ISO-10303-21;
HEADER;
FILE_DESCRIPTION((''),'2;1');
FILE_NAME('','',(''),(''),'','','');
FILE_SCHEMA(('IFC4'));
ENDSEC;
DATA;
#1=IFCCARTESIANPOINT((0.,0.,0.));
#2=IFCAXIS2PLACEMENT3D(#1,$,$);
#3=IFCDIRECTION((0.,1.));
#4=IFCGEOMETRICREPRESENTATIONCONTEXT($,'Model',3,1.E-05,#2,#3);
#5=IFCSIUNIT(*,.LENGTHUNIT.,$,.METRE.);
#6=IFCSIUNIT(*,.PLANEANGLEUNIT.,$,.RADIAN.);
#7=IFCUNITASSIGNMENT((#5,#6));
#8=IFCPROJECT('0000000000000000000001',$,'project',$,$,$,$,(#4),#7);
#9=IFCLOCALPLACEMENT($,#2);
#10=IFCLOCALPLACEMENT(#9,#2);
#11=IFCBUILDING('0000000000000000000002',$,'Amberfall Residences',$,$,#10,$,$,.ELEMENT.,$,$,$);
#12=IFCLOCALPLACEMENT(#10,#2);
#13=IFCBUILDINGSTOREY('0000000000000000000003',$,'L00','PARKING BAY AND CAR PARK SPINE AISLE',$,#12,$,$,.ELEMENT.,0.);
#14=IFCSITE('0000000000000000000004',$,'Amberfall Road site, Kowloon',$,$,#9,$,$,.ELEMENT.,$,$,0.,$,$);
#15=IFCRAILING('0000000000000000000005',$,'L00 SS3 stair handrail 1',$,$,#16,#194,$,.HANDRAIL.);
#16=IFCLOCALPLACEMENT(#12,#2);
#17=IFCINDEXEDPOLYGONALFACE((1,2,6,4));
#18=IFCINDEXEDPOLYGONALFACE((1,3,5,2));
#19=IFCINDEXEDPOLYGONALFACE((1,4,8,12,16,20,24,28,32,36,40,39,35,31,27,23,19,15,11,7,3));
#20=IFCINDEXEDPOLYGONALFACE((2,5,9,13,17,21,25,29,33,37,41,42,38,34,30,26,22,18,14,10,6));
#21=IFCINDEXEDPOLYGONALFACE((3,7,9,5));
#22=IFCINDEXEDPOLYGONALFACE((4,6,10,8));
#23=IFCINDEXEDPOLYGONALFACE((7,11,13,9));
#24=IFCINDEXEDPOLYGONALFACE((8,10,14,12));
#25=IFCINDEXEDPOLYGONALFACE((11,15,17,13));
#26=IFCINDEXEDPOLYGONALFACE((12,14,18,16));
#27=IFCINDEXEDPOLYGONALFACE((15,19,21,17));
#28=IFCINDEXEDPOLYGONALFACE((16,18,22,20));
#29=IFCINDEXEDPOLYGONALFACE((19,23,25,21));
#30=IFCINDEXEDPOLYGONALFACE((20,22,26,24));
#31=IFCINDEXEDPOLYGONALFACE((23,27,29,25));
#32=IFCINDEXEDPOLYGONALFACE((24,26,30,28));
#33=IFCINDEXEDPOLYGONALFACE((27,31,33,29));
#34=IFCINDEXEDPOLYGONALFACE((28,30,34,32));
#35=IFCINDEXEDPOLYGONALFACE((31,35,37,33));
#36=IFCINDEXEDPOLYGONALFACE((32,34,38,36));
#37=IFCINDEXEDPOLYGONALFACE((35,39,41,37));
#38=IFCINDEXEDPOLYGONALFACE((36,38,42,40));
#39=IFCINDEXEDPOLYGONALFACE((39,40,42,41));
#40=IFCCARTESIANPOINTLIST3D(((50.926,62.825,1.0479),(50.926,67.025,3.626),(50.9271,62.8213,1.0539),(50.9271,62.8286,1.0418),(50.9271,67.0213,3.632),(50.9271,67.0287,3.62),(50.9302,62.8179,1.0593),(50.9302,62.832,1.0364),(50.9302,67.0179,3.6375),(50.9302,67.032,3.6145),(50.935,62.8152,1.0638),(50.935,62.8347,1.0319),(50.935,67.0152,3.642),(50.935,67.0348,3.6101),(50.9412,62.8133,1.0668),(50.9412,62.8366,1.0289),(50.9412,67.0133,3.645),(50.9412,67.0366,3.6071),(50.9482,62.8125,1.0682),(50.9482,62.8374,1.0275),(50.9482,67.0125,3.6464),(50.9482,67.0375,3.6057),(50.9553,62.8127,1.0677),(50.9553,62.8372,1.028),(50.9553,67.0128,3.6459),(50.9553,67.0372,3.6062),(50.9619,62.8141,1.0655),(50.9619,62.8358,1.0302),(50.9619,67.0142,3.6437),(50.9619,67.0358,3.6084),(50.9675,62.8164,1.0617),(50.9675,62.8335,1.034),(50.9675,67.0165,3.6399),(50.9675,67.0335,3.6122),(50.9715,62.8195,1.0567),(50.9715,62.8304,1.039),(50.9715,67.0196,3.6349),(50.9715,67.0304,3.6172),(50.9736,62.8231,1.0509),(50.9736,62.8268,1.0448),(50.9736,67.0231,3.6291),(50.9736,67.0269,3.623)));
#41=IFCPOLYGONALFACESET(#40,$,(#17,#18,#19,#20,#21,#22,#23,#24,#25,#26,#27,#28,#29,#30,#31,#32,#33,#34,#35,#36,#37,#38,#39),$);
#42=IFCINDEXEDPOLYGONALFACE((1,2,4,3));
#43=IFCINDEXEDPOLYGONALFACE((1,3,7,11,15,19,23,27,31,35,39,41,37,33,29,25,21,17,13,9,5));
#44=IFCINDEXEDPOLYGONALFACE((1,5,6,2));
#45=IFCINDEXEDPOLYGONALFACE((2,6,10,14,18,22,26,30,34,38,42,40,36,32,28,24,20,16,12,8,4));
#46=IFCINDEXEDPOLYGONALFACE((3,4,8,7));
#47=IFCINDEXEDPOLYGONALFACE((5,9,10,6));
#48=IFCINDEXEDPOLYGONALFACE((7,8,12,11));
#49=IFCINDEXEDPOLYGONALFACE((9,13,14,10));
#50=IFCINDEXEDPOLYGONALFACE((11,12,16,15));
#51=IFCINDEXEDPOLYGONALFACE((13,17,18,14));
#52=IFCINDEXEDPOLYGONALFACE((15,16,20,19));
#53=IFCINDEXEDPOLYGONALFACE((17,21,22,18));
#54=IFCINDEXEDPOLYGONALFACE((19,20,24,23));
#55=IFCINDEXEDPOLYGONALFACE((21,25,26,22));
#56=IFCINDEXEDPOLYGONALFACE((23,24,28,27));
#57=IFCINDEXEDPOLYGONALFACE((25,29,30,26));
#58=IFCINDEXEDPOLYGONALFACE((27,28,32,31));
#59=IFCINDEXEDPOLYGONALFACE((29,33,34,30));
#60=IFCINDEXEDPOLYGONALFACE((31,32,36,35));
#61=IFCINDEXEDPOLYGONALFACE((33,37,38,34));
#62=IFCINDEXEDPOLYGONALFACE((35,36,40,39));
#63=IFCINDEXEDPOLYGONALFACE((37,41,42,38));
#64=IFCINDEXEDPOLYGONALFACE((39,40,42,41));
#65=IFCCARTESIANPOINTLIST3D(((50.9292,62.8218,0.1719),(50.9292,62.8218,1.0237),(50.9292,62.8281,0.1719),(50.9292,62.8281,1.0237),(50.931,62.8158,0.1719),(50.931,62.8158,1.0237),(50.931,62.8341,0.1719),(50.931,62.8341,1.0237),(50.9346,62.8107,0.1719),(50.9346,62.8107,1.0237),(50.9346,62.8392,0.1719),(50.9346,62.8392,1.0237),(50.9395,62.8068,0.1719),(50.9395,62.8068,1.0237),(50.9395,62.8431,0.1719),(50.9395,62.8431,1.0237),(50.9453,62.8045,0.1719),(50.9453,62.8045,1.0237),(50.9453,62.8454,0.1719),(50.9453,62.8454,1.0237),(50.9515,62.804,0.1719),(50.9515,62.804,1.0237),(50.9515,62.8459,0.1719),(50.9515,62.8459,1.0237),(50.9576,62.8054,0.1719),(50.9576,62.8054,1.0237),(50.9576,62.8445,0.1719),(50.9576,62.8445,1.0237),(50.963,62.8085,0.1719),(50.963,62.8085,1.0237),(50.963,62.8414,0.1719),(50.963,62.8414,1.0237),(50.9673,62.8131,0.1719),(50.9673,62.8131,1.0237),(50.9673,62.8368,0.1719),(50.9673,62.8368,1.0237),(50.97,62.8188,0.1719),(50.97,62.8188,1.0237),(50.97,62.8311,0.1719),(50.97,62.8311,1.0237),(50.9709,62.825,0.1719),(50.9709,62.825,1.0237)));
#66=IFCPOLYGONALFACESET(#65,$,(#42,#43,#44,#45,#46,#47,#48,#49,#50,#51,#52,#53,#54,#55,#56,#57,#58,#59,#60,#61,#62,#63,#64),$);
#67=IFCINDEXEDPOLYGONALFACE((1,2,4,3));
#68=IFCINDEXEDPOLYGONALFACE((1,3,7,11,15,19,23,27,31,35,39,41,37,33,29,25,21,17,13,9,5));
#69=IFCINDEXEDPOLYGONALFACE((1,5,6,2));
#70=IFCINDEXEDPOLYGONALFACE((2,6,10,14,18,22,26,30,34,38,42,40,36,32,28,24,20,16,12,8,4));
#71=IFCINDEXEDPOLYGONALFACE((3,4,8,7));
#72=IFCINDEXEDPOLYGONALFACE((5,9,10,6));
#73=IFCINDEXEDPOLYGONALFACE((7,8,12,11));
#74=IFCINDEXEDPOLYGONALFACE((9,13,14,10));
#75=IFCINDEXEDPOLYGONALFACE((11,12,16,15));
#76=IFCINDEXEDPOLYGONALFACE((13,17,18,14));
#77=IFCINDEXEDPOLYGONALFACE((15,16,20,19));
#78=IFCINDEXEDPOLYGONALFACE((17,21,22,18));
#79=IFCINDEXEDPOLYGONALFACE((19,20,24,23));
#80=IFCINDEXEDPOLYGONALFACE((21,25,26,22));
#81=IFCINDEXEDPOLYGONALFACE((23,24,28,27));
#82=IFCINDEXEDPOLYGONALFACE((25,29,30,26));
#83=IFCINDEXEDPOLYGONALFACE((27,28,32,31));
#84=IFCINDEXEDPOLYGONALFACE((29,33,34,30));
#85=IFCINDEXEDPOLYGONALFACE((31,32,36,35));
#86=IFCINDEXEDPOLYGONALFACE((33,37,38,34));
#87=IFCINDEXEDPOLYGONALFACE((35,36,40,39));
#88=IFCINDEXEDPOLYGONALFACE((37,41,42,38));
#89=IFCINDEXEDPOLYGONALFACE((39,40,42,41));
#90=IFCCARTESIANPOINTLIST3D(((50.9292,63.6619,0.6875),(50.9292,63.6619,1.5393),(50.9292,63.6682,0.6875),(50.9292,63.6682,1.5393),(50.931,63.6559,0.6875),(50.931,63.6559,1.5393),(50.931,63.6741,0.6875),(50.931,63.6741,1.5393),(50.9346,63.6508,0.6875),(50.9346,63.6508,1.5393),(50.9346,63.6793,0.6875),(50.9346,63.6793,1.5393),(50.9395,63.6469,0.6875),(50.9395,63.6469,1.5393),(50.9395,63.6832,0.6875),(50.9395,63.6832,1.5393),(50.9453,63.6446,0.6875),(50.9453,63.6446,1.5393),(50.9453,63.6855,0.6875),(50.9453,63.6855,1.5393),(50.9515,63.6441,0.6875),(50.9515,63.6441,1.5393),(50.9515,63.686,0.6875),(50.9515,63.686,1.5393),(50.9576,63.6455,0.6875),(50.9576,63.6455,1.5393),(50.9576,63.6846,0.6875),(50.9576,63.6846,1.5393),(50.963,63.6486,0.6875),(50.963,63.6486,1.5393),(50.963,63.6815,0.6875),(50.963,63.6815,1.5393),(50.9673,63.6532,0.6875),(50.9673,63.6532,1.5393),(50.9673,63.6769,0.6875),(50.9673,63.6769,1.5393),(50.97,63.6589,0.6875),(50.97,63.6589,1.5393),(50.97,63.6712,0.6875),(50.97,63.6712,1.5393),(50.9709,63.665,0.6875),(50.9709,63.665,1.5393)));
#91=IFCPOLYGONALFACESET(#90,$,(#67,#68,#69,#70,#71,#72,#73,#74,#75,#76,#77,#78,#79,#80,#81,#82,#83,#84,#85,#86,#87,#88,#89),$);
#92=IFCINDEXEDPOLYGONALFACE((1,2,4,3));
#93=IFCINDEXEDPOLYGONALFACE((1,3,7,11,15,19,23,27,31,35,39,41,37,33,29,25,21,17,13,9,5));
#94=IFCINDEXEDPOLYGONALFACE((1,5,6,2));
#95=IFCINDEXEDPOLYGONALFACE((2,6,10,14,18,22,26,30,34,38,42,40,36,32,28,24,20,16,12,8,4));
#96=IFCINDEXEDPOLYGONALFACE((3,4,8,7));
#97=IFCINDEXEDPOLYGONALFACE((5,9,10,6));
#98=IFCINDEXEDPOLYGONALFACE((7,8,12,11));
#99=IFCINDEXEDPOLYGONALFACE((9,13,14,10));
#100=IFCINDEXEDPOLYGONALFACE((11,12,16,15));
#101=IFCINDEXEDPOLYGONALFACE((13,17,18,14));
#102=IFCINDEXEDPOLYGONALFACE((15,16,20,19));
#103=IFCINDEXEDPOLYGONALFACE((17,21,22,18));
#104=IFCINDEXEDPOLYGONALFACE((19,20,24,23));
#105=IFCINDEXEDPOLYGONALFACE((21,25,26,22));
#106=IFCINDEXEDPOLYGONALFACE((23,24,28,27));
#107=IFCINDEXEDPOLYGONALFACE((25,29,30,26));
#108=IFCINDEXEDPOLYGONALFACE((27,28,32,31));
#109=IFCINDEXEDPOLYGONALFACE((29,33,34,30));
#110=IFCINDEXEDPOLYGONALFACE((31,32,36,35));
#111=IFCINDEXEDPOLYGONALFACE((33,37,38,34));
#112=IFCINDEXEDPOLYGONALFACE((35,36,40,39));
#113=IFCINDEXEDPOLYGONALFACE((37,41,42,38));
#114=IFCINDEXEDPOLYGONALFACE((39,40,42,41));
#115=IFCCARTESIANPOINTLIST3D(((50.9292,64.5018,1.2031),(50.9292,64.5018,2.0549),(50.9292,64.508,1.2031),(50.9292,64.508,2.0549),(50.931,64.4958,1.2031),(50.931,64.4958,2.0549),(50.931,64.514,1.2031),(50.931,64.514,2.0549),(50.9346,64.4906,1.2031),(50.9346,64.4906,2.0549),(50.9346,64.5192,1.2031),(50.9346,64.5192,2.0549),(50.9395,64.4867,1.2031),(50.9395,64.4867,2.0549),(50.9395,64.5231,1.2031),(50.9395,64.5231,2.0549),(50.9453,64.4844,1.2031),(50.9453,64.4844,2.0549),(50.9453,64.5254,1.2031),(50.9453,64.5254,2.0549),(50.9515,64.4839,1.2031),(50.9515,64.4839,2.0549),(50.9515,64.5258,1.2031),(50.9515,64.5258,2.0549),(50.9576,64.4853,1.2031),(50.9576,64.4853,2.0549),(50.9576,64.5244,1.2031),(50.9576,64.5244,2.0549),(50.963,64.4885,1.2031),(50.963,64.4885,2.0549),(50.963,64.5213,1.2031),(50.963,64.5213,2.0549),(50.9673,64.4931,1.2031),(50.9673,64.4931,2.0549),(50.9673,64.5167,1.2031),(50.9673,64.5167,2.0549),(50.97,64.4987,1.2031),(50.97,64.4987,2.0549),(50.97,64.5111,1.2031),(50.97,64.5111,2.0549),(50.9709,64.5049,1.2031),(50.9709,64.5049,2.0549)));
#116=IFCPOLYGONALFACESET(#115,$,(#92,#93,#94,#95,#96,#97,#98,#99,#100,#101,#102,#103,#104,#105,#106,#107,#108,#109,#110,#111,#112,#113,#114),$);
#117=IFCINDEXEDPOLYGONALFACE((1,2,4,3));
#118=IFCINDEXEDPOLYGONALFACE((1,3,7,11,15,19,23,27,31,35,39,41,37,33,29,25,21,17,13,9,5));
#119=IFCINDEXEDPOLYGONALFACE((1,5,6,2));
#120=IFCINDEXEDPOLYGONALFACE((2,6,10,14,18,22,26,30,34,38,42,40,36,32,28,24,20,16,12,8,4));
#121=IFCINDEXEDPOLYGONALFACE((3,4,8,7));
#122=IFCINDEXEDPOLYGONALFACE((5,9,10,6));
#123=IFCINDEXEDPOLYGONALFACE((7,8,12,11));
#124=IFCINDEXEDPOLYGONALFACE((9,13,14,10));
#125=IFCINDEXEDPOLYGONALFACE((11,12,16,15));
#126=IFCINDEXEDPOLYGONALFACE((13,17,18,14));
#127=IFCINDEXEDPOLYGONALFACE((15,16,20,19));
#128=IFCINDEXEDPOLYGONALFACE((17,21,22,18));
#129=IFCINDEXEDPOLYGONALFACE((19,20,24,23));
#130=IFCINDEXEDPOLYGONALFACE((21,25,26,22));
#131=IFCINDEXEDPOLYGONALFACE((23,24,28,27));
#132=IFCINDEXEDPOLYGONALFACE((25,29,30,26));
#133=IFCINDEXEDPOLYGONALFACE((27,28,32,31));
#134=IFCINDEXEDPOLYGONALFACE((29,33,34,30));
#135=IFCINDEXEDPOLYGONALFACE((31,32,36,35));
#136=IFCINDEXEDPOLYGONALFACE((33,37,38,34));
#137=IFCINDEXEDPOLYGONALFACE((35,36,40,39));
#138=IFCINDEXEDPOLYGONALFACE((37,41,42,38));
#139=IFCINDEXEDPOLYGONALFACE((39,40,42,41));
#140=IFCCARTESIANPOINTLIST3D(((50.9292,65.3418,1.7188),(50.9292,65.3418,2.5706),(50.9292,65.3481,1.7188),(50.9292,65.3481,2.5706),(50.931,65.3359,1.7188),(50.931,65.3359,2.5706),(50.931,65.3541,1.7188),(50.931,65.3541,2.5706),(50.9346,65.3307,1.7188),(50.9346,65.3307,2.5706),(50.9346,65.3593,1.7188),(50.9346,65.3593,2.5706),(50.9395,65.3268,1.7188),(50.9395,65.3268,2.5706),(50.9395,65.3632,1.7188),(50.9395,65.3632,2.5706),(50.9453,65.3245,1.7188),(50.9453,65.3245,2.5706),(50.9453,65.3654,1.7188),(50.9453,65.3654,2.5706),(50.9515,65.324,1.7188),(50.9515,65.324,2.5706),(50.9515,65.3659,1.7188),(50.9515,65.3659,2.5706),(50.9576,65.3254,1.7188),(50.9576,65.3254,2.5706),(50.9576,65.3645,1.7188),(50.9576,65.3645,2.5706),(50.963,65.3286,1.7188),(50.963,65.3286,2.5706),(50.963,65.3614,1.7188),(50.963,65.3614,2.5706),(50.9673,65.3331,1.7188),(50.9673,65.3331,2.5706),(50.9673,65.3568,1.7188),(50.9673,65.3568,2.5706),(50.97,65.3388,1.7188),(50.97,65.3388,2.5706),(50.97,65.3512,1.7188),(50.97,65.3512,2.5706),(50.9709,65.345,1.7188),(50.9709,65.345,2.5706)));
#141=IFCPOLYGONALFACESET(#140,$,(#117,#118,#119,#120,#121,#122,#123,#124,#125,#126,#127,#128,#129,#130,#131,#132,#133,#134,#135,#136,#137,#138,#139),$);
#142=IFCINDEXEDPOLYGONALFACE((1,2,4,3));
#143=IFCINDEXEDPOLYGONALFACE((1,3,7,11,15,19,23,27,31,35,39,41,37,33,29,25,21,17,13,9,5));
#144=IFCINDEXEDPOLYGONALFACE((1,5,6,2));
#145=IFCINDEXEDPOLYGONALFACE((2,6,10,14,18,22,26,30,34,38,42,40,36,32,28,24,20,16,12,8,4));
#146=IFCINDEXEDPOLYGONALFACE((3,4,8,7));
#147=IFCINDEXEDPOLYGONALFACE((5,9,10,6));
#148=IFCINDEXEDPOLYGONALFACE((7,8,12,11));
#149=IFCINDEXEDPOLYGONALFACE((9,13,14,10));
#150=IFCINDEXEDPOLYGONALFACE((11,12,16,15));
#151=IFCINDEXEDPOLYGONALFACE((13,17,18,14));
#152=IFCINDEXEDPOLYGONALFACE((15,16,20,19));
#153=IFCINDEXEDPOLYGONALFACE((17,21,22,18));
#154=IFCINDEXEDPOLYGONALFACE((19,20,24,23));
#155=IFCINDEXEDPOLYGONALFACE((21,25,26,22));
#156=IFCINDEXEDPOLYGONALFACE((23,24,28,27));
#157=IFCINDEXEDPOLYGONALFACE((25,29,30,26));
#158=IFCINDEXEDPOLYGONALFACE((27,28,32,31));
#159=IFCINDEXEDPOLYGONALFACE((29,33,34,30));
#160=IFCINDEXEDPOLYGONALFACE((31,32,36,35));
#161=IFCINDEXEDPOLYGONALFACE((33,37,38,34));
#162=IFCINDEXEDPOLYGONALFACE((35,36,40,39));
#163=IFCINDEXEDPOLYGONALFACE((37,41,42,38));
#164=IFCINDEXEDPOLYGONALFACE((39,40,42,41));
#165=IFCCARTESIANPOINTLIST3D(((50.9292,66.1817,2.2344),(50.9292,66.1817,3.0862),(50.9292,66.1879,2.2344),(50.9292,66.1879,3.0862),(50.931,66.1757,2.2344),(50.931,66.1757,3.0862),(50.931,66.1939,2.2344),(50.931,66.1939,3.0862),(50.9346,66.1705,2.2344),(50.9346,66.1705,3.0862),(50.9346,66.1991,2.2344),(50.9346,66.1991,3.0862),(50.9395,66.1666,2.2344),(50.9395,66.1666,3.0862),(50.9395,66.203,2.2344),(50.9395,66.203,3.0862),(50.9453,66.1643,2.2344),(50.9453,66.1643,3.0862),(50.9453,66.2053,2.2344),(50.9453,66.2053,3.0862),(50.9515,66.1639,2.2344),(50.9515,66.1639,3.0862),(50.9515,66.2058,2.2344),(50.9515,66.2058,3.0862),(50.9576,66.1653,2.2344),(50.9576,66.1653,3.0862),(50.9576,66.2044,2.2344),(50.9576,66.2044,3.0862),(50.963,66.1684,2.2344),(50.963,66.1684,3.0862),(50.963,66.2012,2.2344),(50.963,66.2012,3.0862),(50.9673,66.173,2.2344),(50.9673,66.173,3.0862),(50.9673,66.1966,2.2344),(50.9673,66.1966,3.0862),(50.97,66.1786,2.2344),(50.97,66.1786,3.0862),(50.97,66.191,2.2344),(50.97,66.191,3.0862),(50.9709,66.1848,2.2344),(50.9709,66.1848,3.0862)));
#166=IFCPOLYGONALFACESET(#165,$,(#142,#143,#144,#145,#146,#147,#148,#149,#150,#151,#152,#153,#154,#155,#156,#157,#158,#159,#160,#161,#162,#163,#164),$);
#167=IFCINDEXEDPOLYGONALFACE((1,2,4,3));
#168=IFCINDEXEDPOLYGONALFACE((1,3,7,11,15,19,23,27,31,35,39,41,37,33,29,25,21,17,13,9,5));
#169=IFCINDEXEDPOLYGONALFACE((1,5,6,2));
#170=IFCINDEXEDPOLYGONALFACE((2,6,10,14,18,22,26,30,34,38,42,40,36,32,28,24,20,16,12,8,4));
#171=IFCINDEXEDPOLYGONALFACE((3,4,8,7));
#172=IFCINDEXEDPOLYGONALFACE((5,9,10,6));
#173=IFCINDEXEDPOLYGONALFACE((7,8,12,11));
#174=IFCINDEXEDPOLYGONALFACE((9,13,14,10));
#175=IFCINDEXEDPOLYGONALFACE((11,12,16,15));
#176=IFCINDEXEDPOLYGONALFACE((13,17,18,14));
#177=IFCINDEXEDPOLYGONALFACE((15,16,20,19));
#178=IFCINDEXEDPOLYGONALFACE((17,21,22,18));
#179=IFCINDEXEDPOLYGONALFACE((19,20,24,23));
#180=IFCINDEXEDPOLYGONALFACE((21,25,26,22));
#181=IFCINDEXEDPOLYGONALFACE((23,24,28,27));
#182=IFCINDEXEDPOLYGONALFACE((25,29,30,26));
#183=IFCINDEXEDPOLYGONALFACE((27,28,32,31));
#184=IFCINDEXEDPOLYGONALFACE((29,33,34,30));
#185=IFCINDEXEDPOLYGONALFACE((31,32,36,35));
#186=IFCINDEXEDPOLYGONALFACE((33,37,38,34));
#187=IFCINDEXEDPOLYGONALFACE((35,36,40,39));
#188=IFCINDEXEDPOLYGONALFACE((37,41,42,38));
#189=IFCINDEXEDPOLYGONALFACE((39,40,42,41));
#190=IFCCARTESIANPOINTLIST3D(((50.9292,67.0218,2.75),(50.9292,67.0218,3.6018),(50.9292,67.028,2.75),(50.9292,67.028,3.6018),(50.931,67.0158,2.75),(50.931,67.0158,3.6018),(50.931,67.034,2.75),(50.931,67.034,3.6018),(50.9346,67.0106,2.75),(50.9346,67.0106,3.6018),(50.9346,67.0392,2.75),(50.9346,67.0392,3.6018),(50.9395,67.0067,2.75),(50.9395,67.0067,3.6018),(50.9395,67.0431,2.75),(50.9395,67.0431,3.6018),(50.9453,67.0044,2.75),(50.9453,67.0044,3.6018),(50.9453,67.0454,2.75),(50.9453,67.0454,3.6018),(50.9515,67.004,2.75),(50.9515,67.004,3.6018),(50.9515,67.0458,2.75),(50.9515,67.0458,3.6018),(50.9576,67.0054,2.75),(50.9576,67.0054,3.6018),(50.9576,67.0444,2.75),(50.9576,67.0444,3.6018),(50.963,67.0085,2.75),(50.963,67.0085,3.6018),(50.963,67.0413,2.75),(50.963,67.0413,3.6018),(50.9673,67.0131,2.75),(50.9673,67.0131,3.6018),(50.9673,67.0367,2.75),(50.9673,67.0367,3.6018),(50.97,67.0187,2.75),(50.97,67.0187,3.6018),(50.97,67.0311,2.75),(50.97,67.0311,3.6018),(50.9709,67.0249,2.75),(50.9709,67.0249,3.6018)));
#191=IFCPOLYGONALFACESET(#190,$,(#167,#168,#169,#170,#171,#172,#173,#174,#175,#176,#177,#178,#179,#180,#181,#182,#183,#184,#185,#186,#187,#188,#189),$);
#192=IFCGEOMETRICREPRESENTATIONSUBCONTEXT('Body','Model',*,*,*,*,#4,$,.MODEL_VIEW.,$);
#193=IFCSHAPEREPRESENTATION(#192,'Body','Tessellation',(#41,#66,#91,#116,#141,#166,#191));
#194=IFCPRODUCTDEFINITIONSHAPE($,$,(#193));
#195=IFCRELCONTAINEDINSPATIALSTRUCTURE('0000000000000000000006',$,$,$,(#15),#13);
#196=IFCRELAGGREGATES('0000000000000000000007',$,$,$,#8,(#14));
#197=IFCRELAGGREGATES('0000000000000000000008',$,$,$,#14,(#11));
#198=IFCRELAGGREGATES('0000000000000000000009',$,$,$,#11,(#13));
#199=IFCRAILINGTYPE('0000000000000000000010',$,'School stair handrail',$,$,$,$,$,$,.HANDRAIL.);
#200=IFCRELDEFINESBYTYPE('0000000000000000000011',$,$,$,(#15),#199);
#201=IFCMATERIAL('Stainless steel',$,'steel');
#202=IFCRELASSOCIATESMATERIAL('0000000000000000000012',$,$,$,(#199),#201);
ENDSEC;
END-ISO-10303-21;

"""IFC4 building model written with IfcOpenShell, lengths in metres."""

from ifc_helpers import new_model, si_unit, direction, frame, origin, origin_2d, place, context, subcontext, project, spatial, circle, extrude, material, type_object, element, save


model = new_model("IFC4")

# Units and contexts
model_context = context("Model", 3, precision=1e-05, world=origin(), true_north=direction((0.0, 1.0)))
body_context = subcontext(model_context, "Body", "Model", "MODEL_VIEW")
ifc_project = project(units=[si_unit("LENGTHUNIT", "METRE"), si_unit("PLANEANGLEUNIT", "RADIAN")], contexts=[model_context])

# Site, building, storey
site_placement = place(None, origin())
site = spatial("IfcSite", under=ifc_project, at=site_placement, Name="Amberfall Road site, Kowloon", CompositionType="ELEMENT", RefElevation=0.0)
building_placement = place(site_placement, origin())
building = spatial("IfcBuilding", under=site, at=building_placement, Name="Amberfall Residences", CompositionType="ELEMENT")
storey_placement = place(building_placement, origin())
storey = spatial("IfcBuildingStorey", under=building, at=storey_placement, Name="L00", Description="PARKING BAY AND CAR PARK SPINE AISLE", CompositionType="ELEMENT", Elevation=0.0)

# Railing
ifc_material_1 = material(Name="Stainless steel", Category="steel")
railing_type_1 = type_object("IfcRailingType", Name="School stair handrail", PredefinedType="HANDRAIL", material=ifc_material_1)
railing_1_placement = place(storey_placement, frame((50.95, 62.825, 0.1719)))
element("IfcRailing", 1, at=railing_1_placement, inside=storey, type_object=railing_type_1, Name="L00 SS3 stair handrail 1", PredefinedType="HANDRAIL", context=body_context, shape_type="SweptSolid", body=[
    extrude(circle(Radius=0.0239, at=origin_2d()), frame((0.0, 0.0, 0.876), z_axis=(0.0, 0.852243, 0.523146), x_axis=(-1.0, 0.0, 0.0)), (0.0, 0.0, 1.0), 4.9282),
    extrude(circle(Radius=0.021, at=origin_2d()), origin(), (0.0, 0.0, 1.0), 0.8518),
    extrude(circle(Radius=0.021, at=origin_2d()), frame((0.0, 0.8401, 0.5156)), (0.0, 0.0, 1.0), 0.8518),
    extrude(circle(Radius=0.021, at=origin_2d()), frame((0.0, 1.6799, 1.0312)), (0.0, 0.0, 1.0), 0.8518),
    extrude(circle(Radius=0.021, at=origin_2d()), frame((0.0, 2.52, 1.5469)), (0.0, 0.0, 1.0), 0.8518),
    extrude(circle(Radius=0.021, at=origin_2d()), frame((0.0, 3.3599, 2.0625)), (0.0, 0.0, 1.0), 0.8518),
    extrude(circle(Radius=0.021, at=origin_2d()), frame((0.0, 4.2, 2.5781)), (0.0, 0.0, 1.0), 0.8518),
])

save(model, "model.ifc")
